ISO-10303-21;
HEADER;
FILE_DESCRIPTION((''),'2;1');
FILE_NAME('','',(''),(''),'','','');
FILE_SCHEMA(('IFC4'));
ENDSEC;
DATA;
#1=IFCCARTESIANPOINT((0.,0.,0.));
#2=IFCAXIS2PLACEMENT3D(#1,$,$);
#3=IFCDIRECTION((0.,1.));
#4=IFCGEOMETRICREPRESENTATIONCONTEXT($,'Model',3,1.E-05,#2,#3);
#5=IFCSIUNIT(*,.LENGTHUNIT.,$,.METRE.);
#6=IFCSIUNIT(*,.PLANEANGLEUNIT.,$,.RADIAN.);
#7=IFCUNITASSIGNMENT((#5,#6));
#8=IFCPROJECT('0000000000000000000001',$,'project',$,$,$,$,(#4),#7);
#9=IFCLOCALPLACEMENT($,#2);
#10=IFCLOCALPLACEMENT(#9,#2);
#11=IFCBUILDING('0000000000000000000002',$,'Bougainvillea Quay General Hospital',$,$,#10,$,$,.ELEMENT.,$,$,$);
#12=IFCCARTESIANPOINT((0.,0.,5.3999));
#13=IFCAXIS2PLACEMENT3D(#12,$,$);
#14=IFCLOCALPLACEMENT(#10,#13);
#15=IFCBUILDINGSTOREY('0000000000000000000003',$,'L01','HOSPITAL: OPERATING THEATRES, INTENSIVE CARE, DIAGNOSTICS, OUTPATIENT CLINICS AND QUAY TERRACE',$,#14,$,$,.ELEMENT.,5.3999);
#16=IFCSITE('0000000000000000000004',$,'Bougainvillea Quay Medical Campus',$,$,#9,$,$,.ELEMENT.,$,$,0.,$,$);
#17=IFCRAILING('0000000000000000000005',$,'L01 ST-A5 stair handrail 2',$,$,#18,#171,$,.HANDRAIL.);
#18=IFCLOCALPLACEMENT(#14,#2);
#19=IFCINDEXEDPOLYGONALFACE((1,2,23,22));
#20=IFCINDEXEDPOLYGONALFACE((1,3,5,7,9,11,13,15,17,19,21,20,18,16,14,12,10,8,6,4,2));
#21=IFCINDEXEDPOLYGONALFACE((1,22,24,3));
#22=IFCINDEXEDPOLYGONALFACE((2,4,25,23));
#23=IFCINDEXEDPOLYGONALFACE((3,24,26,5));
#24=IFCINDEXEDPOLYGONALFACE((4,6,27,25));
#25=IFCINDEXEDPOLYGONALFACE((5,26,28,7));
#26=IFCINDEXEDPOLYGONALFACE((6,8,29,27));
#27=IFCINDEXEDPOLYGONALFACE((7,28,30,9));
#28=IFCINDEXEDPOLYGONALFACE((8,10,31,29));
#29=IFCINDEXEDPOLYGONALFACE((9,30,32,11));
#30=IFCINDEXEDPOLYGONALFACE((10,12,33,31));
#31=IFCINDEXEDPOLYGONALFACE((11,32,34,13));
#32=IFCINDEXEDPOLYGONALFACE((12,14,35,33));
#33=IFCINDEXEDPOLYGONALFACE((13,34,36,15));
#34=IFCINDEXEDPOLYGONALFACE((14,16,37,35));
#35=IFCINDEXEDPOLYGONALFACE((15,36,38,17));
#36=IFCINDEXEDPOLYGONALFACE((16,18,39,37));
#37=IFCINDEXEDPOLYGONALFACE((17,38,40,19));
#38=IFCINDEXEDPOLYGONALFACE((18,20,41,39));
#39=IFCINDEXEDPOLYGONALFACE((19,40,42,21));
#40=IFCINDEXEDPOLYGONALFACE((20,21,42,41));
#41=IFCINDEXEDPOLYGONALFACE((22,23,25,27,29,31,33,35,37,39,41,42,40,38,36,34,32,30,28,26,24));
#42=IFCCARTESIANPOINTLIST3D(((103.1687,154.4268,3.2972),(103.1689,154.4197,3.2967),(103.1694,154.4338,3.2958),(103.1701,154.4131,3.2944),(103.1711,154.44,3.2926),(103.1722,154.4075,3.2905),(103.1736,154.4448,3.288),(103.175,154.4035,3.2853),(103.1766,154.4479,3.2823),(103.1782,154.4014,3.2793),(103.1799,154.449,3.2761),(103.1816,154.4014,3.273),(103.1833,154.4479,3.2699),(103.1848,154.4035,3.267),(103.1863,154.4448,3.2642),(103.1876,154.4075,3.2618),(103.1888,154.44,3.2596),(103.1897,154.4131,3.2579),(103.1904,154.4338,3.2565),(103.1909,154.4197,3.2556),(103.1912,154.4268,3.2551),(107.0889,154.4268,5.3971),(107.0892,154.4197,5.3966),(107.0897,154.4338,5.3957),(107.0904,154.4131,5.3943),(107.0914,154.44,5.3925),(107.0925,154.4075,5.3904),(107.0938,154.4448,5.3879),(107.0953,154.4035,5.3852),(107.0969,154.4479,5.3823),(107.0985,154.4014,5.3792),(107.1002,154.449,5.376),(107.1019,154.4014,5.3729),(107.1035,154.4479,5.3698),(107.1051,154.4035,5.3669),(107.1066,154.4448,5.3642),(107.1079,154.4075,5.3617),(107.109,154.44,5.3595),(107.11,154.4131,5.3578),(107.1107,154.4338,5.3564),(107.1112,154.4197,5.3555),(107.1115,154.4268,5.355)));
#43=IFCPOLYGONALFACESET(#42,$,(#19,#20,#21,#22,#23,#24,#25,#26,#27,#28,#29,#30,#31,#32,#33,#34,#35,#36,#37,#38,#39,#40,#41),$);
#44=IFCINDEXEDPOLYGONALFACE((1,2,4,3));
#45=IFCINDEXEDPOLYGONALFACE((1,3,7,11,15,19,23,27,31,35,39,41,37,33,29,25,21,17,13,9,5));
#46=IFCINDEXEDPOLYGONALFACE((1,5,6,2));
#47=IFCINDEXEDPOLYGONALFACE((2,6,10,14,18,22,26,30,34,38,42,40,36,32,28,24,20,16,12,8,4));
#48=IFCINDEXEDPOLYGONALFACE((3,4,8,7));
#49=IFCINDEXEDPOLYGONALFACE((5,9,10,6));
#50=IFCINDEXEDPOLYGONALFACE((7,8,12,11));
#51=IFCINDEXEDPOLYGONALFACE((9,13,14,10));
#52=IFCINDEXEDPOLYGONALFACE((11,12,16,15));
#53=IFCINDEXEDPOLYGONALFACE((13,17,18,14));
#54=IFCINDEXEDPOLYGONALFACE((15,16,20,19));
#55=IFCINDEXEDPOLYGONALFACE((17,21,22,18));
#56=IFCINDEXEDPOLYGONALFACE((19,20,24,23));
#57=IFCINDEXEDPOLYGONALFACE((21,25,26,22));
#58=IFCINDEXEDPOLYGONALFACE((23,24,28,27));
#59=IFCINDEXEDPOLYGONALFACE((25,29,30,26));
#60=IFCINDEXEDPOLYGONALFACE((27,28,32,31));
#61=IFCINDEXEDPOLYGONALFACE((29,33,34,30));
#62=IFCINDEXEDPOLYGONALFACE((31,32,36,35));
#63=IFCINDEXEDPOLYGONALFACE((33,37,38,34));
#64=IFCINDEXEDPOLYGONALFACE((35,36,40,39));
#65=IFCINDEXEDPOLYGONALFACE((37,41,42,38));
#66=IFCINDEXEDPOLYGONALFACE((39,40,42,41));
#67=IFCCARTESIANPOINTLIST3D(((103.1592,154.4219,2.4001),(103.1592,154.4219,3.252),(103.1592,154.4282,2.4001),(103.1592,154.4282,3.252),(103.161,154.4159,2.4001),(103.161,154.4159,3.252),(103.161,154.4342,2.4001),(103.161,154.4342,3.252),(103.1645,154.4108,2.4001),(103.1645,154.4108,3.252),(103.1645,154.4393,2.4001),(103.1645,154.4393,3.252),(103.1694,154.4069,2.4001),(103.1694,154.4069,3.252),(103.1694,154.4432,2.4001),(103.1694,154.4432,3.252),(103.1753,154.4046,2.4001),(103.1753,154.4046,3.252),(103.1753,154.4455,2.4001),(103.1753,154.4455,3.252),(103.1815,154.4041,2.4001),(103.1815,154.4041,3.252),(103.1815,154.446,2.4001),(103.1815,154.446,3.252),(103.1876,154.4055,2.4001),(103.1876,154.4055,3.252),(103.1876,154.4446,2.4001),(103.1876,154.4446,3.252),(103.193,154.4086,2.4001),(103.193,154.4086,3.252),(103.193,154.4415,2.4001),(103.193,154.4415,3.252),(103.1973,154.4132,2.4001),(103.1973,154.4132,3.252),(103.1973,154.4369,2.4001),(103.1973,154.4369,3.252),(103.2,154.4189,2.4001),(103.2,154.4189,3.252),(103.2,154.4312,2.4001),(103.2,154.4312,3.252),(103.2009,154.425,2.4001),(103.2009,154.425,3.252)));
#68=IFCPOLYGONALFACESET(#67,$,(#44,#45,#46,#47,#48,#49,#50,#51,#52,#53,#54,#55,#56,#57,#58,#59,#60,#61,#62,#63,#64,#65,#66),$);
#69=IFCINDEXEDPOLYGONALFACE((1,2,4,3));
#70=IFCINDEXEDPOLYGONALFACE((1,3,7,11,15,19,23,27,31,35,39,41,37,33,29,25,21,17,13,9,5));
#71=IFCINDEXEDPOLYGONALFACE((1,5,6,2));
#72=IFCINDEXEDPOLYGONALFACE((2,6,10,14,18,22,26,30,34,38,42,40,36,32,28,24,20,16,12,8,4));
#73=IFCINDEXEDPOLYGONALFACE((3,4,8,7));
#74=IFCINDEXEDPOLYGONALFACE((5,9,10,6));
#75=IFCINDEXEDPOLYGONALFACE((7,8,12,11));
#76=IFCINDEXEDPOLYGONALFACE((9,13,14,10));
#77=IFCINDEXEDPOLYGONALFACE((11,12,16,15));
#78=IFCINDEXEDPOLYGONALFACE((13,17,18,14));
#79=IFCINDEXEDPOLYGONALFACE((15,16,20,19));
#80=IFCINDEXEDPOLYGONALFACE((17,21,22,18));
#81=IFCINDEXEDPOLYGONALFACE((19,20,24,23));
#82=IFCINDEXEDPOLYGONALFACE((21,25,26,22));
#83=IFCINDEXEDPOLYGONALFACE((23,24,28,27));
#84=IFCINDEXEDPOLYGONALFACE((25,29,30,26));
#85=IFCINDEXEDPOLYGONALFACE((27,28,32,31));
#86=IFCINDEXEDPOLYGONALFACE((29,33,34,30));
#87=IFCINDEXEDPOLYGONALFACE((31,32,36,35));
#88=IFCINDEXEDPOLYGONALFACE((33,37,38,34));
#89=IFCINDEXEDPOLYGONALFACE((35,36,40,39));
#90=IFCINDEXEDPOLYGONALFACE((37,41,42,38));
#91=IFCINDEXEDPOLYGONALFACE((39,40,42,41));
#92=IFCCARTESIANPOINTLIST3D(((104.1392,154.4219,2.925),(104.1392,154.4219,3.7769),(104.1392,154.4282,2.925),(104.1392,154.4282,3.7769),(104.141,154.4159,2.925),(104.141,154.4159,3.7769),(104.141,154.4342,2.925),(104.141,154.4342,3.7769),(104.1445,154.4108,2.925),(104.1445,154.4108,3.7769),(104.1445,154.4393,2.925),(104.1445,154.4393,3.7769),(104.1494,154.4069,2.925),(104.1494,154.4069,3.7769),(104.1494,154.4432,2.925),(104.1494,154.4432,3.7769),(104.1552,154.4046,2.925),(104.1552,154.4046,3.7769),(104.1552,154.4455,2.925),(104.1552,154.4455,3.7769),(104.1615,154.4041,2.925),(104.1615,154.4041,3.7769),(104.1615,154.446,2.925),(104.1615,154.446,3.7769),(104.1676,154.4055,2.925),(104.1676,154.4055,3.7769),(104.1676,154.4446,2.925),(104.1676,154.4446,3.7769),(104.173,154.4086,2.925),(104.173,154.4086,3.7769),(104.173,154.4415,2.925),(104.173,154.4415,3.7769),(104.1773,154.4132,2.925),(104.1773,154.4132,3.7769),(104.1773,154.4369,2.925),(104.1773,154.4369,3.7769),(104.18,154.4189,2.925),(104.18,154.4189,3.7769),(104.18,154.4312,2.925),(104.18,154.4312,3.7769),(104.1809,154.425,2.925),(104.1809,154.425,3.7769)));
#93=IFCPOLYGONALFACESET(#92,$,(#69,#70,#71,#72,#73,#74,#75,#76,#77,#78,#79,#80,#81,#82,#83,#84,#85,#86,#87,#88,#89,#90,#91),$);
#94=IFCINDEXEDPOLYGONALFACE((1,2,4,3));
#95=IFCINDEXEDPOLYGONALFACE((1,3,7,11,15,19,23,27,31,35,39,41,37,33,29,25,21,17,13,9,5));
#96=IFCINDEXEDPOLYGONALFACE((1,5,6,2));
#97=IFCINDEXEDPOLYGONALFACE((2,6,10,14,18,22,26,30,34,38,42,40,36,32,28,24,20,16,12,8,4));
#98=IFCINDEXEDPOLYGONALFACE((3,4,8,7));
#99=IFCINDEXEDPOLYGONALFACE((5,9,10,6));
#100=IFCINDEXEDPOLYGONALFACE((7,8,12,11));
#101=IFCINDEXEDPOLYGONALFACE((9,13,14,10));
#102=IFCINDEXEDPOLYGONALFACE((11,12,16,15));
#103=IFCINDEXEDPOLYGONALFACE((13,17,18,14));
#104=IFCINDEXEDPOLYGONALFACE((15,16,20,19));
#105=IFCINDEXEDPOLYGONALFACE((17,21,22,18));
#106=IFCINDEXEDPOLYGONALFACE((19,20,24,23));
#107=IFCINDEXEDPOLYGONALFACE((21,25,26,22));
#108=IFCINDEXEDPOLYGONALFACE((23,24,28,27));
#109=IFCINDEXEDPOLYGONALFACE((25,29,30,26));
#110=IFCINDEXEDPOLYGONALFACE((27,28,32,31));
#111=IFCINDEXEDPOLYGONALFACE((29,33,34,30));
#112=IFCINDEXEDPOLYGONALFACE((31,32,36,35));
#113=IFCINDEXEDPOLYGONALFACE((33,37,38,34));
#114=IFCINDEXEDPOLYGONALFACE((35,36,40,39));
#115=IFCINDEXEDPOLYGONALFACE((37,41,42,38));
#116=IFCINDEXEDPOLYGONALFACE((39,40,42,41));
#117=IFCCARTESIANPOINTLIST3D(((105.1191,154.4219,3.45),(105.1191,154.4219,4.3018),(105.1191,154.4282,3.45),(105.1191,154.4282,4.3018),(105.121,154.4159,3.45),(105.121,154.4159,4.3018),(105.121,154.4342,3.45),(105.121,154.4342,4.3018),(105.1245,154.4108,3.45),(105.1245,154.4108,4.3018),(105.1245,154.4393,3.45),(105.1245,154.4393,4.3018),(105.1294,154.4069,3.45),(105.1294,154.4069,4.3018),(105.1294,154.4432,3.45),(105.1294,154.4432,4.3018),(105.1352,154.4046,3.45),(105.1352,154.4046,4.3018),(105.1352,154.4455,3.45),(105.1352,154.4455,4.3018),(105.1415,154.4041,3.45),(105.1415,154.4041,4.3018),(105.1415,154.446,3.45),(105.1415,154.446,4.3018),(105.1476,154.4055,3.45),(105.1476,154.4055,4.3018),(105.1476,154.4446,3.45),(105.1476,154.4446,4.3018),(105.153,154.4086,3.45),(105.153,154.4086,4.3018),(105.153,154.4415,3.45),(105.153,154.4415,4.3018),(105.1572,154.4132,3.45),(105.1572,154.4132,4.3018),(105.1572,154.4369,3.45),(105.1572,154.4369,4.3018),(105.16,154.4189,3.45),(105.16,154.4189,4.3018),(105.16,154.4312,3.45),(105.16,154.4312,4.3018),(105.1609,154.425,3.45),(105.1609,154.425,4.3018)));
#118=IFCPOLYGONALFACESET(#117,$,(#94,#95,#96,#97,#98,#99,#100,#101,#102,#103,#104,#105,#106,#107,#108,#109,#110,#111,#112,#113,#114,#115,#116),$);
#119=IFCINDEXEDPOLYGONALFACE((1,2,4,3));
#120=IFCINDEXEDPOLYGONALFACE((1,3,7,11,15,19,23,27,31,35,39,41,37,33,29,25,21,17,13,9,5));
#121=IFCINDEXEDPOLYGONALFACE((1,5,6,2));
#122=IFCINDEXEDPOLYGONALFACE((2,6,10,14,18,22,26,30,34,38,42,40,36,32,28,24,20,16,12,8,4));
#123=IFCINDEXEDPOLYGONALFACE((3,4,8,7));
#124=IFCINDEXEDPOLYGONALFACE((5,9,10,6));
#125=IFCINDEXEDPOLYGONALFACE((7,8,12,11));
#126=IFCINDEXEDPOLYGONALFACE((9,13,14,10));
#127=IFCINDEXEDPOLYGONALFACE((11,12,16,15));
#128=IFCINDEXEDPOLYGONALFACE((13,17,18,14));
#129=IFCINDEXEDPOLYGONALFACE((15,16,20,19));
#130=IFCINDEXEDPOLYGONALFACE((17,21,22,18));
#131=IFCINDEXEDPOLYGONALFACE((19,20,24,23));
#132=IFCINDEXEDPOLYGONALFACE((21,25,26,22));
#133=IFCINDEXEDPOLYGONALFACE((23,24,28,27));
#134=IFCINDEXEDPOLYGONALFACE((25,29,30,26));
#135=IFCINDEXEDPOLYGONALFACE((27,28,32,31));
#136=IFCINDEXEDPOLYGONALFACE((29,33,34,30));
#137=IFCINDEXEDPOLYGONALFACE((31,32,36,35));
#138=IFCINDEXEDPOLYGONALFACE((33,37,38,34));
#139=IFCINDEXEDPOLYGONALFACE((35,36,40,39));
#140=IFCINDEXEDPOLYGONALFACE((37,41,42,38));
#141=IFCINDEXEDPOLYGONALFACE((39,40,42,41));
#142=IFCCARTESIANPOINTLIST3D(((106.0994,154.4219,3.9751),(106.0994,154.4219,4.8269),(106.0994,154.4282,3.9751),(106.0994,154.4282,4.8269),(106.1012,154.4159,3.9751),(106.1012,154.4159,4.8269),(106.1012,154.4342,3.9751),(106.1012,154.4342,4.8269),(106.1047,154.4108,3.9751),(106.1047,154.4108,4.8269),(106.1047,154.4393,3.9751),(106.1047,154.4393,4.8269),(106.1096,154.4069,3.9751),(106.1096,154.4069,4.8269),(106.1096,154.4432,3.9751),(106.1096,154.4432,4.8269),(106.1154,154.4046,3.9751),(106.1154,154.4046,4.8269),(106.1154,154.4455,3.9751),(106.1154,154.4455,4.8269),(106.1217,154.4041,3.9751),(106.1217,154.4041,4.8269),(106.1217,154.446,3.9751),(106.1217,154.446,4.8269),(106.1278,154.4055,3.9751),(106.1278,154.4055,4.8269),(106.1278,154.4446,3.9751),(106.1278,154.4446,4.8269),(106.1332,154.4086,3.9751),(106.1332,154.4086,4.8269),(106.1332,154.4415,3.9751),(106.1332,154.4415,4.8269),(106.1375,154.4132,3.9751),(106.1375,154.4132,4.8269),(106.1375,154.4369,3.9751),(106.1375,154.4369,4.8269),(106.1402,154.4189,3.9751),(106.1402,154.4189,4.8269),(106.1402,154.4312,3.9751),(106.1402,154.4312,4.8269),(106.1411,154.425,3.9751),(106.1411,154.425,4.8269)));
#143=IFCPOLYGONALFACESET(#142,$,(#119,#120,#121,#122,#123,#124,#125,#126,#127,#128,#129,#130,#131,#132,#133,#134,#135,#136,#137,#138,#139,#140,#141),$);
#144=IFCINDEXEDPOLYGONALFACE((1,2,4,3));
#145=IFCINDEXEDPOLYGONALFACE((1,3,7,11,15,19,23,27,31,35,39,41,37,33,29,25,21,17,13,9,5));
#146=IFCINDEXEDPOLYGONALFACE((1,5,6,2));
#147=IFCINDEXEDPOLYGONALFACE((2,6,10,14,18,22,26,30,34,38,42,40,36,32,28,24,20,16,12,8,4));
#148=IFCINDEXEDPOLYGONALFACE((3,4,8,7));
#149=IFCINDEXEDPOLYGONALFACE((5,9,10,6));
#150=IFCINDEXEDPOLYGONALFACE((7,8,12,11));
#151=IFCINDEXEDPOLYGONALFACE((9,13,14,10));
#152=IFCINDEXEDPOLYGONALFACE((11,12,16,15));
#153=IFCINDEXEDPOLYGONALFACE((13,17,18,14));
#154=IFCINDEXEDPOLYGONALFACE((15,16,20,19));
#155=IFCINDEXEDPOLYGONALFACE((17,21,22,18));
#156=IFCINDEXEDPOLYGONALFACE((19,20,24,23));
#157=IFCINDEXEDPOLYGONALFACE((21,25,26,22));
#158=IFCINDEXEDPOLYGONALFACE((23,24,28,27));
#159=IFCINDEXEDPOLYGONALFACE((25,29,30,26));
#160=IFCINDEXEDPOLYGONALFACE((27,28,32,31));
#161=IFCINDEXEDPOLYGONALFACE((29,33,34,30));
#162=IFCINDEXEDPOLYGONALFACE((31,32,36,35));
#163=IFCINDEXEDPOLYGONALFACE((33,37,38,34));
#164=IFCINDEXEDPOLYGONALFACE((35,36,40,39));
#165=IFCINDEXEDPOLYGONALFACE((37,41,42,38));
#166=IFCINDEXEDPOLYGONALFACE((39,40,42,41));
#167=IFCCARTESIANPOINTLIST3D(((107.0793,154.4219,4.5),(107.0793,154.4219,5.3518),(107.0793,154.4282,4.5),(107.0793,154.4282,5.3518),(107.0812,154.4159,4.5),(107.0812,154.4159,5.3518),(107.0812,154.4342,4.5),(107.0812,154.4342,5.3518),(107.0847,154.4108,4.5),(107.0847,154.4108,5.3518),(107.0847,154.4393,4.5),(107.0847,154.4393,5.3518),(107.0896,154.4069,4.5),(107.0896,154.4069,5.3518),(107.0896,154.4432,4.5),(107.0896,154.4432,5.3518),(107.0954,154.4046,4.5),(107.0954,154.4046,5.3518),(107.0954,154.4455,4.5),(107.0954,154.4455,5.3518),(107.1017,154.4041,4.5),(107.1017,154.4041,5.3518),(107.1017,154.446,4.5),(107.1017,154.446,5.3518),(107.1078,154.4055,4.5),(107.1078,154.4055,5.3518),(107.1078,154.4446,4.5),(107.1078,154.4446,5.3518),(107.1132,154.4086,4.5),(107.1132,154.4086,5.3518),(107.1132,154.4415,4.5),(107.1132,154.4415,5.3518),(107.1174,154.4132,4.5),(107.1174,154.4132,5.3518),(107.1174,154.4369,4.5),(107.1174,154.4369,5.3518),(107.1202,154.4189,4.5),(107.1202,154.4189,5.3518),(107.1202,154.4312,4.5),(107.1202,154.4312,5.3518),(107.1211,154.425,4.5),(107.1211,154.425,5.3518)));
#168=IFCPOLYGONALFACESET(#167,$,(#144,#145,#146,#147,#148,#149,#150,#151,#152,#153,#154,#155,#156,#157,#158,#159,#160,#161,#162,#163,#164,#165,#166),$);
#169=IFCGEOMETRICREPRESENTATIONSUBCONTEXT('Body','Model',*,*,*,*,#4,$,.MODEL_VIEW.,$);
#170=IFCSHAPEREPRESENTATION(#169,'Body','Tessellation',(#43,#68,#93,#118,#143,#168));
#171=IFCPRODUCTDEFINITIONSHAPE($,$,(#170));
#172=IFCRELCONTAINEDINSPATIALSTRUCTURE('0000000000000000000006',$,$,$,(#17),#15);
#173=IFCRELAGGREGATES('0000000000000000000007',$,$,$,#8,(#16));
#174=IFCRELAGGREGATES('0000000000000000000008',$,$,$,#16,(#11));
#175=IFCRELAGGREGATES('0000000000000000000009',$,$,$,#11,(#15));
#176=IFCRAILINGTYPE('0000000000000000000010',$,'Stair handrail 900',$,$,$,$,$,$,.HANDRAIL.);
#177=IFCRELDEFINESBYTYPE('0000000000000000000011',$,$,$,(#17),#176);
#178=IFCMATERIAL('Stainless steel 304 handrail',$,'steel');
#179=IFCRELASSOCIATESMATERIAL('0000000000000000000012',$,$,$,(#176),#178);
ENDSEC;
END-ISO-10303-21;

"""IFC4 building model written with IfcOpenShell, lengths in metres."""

from ifc_helpers import new_model, si_unit, direction, frame, origin, origin_2d, place, context, subcontext, project, spatial, circle, extrude, material, type_object, element, save


model = new_model("IFC4")

# Units and contexts
model_context = context("Model", 3, precision=1e-05, world=origin(), true_north=direction((0.0, 1.0)))
body_context = subcontext(model_context, "Body", "Model", "MODEL_VIEW")
ifc_project = project(units=[si_unit("LENGTHUNIT", "METRE"), si_unit("PLANEANGLEUNIT", "RADIAN")], contexts=[model_context])

# Site, building, storey
site_placement = place(None, origin())
site = spatial("IfcSite", under=ifc_project, at=site_placement, Name="Bougainvillea Quay Medical Campus", CompositionType="ELEMENT", RefElevation=0.0)
building_placement = place(site_placement, origin())
building = spatial("IfcBuilding", under=site, at=building_placement, Name="Bougainvillea Quay General Hospital", CompositionType="ELEMENT")
storey_placement = place(building_placement, frame((0.0, 0.0, 5.3999)))
storey = spatial("IfcBuildingStorey", under=building, at=storey_placement, Name="L01", Description="HOSPITAL: OPERATING THEATRES, INTENSIVE CARE, DIAGNOSTICS, OUTPATIENT CLINICS AND QUAY TERRACE", CompositionType="ELEMENT", Elevation=5.3999)

# Railing
ifc_material_1 = material(Name="Stainless steel 304 handrail", Category="steel")
railing_type_1 = type_object("IfcRailingType", Name="Stair handrail 900", PredefinedType="HANDRAIL", material=ifc_material_1)
railing_1_placement = place(storey_placement, frame((103.1799, 154.425, 2.4001)))
element("IfcRailing", 1, at=railing_1_placement, inside=storey, type_object=railing_type_1, Name="L01 ST-A5 stair handrail 2", PredefinedType="HANDRAIL", context=body_context, shape_type="SweptSolid", body=[
    extrude(circle(Radius=0.0239, at=origin_2d()), frame((0.0, 0.0, 0.876), z_axis=(0.881502, 0.0, 0.47218), x_axis=(0.0, 1.0, 0.0)), (0.0, 0.0, 1.0), 4.4473),
    extrude(circle(Radius=0.021, at=origin_2d()), origin(), (0.0, 0.0, 1.0), 0.8518),
    extrude(circle(Radius=0.021, at=origin_2d()), frame((0.98, 0.0, 0.5249)), (0.0, 0.0, 1.0), 0.8518),
    extrude(circle(Radius=0.021, at=origin_2d()), frame((1.96, 0.0, 1.0498)), (0.0, 0.0, 1.0), 0.8518),
    extrude(circle(Radius=0.021, at=origin_2d()), frame((2.9402, 0.0, 1.575)), (0.0, 0.0, 1.0), 0.8518),
    extrude(circle(Radius=0.021, at=origin_2d()), frame((3.9202, 0.0, 2.0999)), (0.0, 0.0, 1.0), 0.8518),
])

save(model, "model.ifc")
